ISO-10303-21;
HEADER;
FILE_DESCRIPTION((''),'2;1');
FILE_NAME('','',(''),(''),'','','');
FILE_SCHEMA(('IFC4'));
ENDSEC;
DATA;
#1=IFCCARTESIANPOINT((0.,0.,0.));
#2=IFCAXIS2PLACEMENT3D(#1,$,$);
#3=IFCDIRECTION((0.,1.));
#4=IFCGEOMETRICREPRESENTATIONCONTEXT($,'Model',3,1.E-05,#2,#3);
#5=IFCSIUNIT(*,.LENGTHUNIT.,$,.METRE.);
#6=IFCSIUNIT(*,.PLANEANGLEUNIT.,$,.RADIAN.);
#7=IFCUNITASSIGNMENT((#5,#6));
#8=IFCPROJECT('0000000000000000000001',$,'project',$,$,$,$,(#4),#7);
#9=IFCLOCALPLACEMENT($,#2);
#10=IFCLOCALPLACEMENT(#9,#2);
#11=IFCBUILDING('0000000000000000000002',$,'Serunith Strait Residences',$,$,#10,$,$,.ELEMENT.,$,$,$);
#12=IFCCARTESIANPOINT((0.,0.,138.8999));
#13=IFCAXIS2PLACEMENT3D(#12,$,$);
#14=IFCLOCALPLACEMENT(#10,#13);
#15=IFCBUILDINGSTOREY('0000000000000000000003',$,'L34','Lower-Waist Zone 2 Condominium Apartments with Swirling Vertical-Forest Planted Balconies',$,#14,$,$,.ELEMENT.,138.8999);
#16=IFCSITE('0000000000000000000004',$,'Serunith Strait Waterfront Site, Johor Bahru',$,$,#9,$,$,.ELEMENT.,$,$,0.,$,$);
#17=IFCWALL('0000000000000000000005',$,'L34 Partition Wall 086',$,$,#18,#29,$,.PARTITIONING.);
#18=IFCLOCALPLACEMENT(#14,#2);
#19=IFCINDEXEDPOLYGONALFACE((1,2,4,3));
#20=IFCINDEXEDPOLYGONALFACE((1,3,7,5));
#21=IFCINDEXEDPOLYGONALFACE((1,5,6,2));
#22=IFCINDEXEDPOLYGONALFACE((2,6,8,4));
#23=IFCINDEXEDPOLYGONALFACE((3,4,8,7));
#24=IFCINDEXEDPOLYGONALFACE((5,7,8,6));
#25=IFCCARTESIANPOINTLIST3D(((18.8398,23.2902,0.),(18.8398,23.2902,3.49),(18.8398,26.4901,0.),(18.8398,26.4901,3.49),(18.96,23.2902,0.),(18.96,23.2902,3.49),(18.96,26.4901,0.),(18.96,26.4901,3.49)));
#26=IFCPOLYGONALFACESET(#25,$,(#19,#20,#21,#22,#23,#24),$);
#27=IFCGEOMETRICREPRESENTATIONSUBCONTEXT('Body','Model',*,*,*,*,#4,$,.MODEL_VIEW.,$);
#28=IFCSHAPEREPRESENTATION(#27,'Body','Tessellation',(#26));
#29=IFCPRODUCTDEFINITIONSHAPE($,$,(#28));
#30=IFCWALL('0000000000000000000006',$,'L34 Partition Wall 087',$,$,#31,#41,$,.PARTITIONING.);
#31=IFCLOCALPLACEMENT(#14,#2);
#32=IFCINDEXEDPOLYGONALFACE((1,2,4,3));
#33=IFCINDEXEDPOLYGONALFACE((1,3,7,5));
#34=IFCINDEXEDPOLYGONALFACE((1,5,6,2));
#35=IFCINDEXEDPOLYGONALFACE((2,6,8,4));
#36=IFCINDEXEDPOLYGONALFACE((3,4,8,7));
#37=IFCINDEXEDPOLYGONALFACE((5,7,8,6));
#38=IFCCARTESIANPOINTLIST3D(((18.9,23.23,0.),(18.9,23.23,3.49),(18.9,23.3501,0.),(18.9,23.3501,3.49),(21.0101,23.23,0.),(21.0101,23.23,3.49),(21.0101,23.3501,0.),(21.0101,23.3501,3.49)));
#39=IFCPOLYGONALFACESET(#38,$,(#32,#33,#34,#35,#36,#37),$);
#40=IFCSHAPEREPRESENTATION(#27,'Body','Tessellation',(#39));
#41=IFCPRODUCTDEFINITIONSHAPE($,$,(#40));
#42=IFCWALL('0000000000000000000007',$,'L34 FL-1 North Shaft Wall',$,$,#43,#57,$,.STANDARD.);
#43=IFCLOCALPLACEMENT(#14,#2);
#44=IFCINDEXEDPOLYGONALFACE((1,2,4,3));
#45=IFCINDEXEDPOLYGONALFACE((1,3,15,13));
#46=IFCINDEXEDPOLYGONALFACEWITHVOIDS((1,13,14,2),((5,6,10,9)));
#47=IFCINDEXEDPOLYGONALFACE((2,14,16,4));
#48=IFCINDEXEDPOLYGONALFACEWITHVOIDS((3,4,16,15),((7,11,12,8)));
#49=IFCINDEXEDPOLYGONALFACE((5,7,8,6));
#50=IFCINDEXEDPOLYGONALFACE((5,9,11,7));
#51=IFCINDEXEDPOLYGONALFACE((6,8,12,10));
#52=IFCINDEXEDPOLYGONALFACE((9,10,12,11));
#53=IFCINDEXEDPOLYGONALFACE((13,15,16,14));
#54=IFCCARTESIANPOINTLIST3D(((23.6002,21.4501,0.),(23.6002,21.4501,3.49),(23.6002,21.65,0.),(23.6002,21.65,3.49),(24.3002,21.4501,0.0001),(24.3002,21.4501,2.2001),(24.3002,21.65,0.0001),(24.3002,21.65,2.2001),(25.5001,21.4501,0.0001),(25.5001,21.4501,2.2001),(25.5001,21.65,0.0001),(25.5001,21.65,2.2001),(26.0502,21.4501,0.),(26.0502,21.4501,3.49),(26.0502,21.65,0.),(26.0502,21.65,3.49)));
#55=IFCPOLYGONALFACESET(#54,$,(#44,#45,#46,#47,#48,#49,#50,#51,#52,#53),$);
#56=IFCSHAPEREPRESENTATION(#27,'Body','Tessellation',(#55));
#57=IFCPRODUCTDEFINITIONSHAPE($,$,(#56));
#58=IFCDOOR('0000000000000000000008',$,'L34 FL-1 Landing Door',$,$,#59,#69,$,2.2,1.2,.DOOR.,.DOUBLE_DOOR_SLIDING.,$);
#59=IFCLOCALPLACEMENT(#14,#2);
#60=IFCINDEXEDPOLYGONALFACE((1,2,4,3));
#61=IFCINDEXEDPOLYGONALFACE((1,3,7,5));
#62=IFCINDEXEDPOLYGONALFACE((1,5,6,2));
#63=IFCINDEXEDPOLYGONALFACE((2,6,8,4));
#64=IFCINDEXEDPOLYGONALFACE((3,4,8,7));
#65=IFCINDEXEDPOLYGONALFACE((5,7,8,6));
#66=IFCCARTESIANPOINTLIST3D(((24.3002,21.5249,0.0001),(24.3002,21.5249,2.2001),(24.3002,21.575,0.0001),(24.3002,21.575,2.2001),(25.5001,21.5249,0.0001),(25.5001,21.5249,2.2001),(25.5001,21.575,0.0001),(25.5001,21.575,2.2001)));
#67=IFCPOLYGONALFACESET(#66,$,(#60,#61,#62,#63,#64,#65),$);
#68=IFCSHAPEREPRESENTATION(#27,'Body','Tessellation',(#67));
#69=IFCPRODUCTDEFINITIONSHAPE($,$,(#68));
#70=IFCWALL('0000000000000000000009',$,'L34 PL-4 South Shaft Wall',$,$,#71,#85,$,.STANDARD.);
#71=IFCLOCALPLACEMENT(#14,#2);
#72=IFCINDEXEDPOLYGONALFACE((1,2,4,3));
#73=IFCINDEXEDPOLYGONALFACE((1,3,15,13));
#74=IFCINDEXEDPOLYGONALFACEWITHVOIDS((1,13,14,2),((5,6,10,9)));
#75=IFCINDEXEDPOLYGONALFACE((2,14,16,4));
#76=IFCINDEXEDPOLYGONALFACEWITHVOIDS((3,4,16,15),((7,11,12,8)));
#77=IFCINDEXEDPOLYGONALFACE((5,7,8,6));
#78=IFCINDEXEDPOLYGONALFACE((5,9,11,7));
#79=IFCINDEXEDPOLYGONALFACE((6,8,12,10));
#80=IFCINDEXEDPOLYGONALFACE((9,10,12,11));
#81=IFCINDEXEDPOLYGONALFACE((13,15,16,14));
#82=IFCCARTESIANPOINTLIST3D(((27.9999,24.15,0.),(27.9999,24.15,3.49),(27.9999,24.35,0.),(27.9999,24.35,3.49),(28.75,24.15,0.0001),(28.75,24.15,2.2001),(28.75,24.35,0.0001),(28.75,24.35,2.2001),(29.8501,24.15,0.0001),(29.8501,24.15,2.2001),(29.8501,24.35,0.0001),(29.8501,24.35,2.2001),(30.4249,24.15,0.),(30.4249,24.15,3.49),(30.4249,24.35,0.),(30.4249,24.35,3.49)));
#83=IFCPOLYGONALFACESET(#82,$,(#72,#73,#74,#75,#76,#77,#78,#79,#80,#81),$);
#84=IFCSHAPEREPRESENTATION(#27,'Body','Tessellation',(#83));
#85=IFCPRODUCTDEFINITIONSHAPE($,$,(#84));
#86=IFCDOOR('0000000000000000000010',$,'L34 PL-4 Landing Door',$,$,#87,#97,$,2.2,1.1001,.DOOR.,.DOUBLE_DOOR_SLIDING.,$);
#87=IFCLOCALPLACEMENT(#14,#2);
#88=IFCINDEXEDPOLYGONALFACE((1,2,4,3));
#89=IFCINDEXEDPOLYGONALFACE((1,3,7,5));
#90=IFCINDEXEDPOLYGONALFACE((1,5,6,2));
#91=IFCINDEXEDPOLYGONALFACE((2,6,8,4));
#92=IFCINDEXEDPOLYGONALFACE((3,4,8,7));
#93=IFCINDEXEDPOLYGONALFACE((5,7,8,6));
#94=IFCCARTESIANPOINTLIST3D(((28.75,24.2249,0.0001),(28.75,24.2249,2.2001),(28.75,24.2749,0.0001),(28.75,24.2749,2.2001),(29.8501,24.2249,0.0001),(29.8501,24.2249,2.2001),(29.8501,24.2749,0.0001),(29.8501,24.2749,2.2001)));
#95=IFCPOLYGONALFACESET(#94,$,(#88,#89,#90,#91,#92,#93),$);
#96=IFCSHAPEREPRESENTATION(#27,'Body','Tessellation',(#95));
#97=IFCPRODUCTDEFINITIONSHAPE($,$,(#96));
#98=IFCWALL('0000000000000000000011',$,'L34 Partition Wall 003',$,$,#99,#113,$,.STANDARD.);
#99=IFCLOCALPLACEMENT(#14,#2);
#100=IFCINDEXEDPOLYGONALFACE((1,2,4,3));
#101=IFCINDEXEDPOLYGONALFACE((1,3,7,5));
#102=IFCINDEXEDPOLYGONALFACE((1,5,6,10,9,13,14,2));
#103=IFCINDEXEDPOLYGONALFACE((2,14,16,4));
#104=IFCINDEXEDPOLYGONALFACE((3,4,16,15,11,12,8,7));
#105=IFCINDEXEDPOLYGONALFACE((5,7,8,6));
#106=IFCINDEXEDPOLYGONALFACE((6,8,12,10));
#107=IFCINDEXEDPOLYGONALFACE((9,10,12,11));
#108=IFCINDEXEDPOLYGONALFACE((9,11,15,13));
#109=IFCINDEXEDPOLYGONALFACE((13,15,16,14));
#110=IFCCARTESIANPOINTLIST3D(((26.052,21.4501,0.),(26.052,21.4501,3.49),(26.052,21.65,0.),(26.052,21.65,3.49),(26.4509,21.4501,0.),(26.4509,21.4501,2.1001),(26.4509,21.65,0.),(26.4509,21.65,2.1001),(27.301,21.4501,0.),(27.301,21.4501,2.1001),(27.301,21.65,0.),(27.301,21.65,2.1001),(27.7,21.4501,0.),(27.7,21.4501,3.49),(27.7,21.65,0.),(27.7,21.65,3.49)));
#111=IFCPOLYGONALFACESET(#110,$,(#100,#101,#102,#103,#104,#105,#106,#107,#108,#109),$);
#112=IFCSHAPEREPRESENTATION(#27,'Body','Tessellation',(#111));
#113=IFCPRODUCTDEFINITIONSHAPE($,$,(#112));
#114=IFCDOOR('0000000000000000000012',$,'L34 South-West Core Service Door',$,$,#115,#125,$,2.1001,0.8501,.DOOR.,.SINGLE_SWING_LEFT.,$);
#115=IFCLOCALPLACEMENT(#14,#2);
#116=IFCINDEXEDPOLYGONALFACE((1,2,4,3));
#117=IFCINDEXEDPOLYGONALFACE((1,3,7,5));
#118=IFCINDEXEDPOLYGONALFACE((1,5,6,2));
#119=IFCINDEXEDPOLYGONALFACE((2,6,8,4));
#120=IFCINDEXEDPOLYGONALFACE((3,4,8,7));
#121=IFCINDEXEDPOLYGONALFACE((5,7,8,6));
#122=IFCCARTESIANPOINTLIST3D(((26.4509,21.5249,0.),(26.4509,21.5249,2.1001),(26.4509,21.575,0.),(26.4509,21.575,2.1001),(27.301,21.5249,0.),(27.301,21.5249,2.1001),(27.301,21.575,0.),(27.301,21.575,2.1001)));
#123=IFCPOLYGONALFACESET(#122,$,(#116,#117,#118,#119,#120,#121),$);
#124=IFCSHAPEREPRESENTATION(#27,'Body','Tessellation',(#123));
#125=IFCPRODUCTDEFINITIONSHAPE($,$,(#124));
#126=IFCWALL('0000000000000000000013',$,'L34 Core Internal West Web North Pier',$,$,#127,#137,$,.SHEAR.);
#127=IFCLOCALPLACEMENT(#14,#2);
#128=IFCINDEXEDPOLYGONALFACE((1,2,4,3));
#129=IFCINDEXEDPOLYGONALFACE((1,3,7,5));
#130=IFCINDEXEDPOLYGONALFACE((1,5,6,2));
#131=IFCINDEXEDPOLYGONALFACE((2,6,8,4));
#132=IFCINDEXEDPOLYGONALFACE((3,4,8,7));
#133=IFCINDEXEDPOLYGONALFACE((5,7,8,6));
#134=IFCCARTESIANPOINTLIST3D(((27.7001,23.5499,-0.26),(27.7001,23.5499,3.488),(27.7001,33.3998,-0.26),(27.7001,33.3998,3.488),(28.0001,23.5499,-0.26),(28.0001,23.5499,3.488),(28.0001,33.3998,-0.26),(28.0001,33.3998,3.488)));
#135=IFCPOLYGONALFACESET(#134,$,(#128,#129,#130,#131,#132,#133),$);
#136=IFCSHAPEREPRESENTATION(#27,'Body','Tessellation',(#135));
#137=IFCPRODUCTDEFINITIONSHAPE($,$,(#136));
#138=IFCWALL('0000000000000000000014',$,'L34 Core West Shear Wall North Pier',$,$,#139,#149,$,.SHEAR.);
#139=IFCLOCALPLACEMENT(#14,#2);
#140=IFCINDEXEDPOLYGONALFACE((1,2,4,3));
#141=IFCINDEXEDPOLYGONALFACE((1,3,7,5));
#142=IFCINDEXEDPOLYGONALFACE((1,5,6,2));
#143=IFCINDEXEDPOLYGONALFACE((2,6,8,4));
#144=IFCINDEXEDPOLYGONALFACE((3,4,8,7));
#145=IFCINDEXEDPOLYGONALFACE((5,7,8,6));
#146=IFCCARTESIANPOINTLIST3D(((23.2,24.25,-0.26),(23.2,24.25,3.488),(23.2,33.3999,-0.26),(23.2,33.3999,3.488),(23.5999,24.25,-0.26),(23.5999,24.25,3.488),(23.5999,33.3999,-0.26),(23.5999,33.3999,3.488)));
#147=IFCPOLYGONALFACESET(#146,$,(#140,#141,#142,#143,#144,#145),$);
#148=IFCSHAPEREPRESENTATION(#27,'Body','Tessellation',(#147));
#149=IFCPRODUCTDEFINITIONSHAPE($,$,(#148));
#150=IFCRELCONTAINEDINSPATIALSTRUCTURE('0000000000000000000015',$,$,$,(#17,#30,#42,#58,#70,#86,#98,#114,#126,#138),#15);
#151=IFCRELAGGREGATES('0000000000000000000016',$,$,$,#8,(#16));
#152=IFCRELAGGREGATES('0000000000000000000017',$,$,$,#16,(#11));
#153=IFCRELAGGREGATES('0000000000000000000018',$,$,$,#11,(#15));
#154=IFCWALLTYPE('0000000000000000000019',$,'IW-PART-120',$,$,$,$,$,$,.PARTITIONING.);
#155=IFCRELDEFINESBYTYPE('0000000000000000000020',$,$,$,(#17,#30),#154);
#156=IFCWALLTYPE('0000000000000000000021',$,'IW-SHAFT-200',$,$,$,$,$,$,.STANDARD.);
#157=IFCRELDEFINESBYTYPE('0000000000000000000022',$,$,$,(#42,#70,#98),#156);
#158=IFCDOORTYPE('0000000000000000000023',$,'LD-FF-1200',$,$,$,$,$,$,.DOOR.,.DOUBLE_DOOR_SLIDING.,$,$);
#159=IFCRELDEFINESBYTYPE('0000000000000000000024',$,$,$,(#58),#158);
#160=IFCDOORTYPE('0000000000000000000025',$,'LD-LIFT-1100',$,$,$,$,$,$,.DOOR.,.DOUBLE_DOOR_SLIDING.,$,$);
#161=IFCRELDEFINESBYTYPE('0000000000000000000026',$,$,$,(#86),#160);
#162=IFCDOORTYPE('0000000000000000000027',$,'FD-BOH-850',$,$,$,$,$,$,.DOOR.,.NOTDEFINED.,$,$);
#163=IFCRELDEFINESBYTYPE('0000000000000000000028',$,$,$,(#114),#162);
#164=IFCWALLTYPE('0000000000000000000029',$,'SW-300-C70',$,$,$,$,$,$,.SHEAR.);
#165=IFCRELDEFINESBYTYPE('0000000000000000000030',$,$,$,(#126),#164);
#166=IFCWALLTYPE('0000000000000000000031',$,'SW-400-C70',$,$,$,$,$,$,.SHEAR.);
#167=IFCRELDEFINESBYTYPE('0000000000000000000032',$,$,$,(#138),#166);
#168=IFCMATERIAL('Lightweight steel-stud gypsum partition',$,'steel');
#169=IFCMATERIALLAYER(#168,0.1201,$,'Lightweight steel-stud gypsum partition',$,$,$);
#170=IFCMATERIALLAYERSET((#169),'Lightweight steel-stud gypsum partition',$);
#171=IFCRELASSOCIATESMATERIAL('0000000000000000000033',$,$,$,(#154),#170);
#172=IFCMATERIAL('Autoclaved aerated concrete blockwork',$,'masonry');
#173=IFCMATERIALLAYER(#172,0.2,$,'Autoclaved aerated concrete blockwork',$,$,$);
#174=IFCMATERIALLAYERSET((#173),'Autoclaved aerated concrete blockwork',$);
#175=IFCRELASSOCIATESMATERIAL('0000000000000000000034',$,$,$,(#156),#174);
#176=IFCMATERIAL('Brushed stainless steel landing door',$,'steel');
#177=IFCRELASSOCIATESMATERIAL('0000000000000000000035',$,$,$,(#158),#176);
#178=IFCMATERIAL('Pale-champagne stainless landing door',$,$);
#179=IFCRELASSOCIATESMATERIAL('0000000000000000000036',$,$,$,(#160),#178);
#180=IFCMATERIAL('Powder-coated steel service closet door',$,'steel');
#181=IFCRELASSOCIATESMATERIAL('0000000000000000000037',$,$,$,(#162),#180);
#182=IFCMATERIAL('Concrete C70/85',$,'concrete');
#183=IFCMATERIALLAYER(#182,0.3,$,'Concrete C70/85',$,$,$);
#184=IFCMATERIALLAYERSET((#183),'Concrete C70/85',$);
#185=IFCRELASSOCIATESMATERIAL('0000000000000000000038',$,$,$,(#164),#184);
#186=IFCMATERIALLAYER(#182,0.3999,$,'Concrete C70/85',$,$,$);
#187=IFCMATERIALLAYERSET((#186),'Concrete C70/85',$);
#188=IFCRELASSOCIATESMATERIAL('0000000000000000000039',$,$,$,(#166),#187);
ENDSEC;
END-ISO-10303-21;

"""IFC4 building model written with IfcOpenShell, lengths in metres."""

from ifc_helpers import new_model, si_unit, direction, frame, frame_2d, origin, place, context, subcontext, project, spatial, rectangle, extrude, source, transform, mapped, material, layer, layer_set, type_object, element, fill, save


model = new_model("IFC4")

# Units and contexts
model_context = context("Model", 3, precision=1e-05, world=origin(), true_north=direction((0.0, 1.0)))
body_context = subcontext(model_context, "Body", "Model", "MODEL_VIEW")
ifc_project = project(units=[si_unit("LENGTHUNIT", "METRE"), si_unit("PLANEANGLEUNIT", "RADIAN")], contexts=[model_context])

# Site, building, storey
site_placement = place(None, origin())
site = spatial("IfcSite", under=ifc_project, at=site_placement, Name="Serunith Strait Waterfront Site, Johor Bahru", CompositionType="ELEMENT", RefElevation=0.0)
building_placement = place(site_placement, origin())
building = spatial("IfcBuilding", under=site, at=building_placement, Name="Serunith Strait Residences", CompositionType="ELEMENT")
storey_placement = place(building_placement, frame((0.0, 0.0, 138.8999)))
storey = spatial("IfcBuildingStorey", under=building, at=storey_placement, Name="L34", Description="Lower-Waist Zone 2 Condominium Apartments with Swirling Vertical-Forest Planted Balconies", CompositionType="ELEMENT", Elevation=138.8999)

# Walls
ifc_material_1 = material(Name="Lightweight steel-stud gypsum partition", Category="steel")
ifc_layer_1 = layer(ifc_material_1, 0.1201, Name="Lightweight steel-stud gypsum partition")
ifc_layer_set_1 = layer_set([ifc_layer_1], Name="Lightweight steel-stud gypsum partition")
wall_type_1 = type_object("IfcWallType", Name="IW-PART-120", PredefinedType="PARTITIONING", material=ifc_layer_set_1)
wall_1_placement = place(storey_placement, frame((18.8999, 23.29, 0.0), z_axis=(0.0, 0.0, 1.0), x_axis=(0.0, 1.0, 0.0)))
element("IfcWall", 1, at=wall_1_placement, inside=storey, type_object=wall_type_1, Name="L34 Partition Wall 086", PredefinedType="PARTITIONING", context=body_context, shape_type="SweptSolid", body=[
    extrude(rectangle(XDim=3.2, YDim=0.1201, at=frame_2d((1.6001, 0.0))), origin(), (0.0, 0.0, 1.0), 3.49),
])
wall_2_placement = place(storey_placement, frame((18.8999, 23.29, 0.0), z_axis=(0.0, 0.0, 1.0), x_axis=(1.0, 0.0, 0.0)))
element("IfcWall", 2, at=wall_2_placement, inside=storey, type_object=wall_type_1, Name="L34 Partition Wall 087", PredefinedType="PARTITIONING", context=body_context, shape_type="SweptSolid", body=[
    extrude(rectangle(XDim=2.1101, YDim=0.1201, at=frame_2d((1.0552, 0.0))), origin(), (0.0, 0.0, 1.0), 3.49),
])

# Walls, openings, doors
ifc_material_2 = material(Name="Autoclaved aerated concrete blockwork", Category="masonry")
ifc_layer_2 = layer(ifc_material_2, 0.2, Name="Autoclaved aerated concrete blockwork")
ifc_layer_set_2 = layer_set([ifc_layer_2], Name="Autoclaved aerated concrete blockwork")
wall_type_2 = type_object("IfcWallType", Name="IW-SHAFT-200", PredefinedType="STANDARD", material=ifc_layer_set_2)
wall_3_placement = place(storey_placement, frame((23.6001, 21.55, 0.0), z_axis=(0.0, 0.0, 1.0), x_axis=(1.0, 0.0, 0.0)))
wall_3 = element("IfcWall", 3, at=wall_3_placement, inside=storey, type_object=wall_type_2, Name="L34 FL-1 North Shaft Wall", PredefinedType="STANDARD", context=body_context, shape_type="SweptSolid", body=[
    extrude(rectangle(XDim=2.45, YDim=0.2, at=frame_2d((1.2251, 0.0))), origin(), (0.0, 0.0, 1.0), 3.49),
])
opening_1_placement = place(wall_3_placement, frame((0.7, 0.0, 0.0)))
opening_1 = element("IfcOpeningElement", 4, at=opening_1_placement, cuts=wall_3, PredefinedType="OPENING", context=body_context, shape_type="SweptSolid", body=[
    extrude(rectangle(XDim=1.2, YDim=2.2, at=frame_2d((0.6001, 1.1001))), frame((0.0, 0.1099, 0.0), z_axis=(0.0, -1.0, 0.0), x_axis=(1.0, 0.0, 0.0)), (0.0, 0.0, 1.0), 0.22),
])
ifc_material_3 = material(Name="Brushed stainless steel landing door", Category="steel")
door_type_1 = type_object("IfcDoorType", Name="LD-FF-1200", OperationType="DOUBLE_DOOR_SLIDING", PredefinedType="DOOR", material=ifc_material_3)
shared_shape_1 = source(origin(), body_context, "Body", "SweptSolid", [
    extrude(rectangle(XDim=1.2, YDim=2.2, at=frame_2d((0.6001, 1.1001))), frame((0.0, 0.0249, 0.0), z_axis=(0.0, -1.0, 0.0), x_axis=(1.0, 0.0, 0.0)), (0.0, 0.0, 1.0), 0.05),
])
door_1_placement = place(opening_1_placement, origin())
door_1 = element("IfcDoor", 5, at=door_1_placement, inside=storey, type_object=door_type_1, Name="L34 FL-1 Landing Door", OperationType="DOUBLE_DOOR_SLIDING", OverallHeight=2.2, OverallWidth=1.2, PredefinedType="DOOR", context=body_context, shape_type="MappedRepresentation", body=[
    mapped(shared_shape_1, transform((0.0, 0.0, 0.0), scale=1.0)),
])
fill(opening_1, door_1)
wall_4_placement = place(storey_placement, frame((28.0, 24.25, 0.0), z_axis=(0.0, 0.0, 1.0), x_axis=(1.0, 0.0, 0.0)))
wall_4 = element("IfcWall", 6, at=wall_4_placement, inside=storey, type_object=wall_type_2, Name="L34 PL-4 South Shaft Wall", PredefinedType="STANDARD", context=body_context, shape_type="SweptSolid", body=[
    extrude(rectangle(XDim=2.425, YDim=0.2, at=frame_2d((1.2124, 0.0))), origin(), (0.0, 0.0, 1.0), 3.49),
])
opening_2_placement = place(wall_4_placement, frame((0.75, 0.0, 0.0)))
opening_2 = element("IfcOpeningElement", 7, at=opening_2_placement, cuts=wall_4, PredefinedType="OPENING", context=body_context, shape_type="SweptSolid", body=[
    extrude(rectangle(XDim=1.1001, YDim=2.2, at=frame_2d((0.55, 1.1001))), frame((0.0, 0.1099, 0.0), z_axis=(0.0, -1.0, 0.0), x_axis=(1.0, 0.0, 0.0)), (0.0, 0.0, 1.0), 0.22),
])
ifc_material_4 = material(Name="Pale-champagne stainless landing door")
door_type_2 = type_object("IfcDoorType", Name="LD-LIFT-1100", OperationType="DOUBLE_DOOR_SLIDING", PredefinedType="DOOR", material=ifc_material_4)
shared_shape_2 = source(origin(), body_context, "Body", "SweptSolid", [
    extrude(rectangle(XDim=1.1001, YDim=2.2, at=frame_2d((0.55, 1.1001))), frame((0.0, 0.0249, 0.0), z_axis=(0.0, -1.0, 0.0), x_axis=(1.0, 0.0, 0.0)), (0.0, 0.0, 1.0), 0.05),
])
door_2_placement = place(opening_2_placement, origin())
door_2 = element("IfcDoor", 8, at=door_2_placement, inside=storey, type_object=door_type_2, Name="L34 PL-4 Landing Door", OperationType="DOUBLE_DOOR_SLIDING", OverallHeight=2.2, OverallWidth=1.1001, PredefinedType="DOOR", context=body_context, shape_type="MappedRepresentation", body=[
    mapped(shared_shape_2, transform((0.0, 0.0, 0.0), scale=1.0)),
])
fill(opening_2, door_2)
wall_5_placement = place(storey_placement, frame((26.052, 21.55, 0.0), z_axis=(0.0, 0.0, 1.0), x_axis=(1.0, 0.0, 0.0)))
wall_5 = element("IfcWall", 9, at=wall_5_placement, inside=storey, type_object=wall_type_2, Name="L34 Partition Wall 003", PredefinedType="STANDARD", context=body_context, shape_type="SweptSolid", body=[
    extrude(rectangle(XDim=1.6479, YDim=0.2, at=frame_2d((0.824, 0.0))), origin(), (0.0, 0.0, 1.0), 3.49),
])
opening_3_placement = place(wall_5_placement, frame((0.3989, 0.0, 0.0)))
opening_3 = element("IfcOpeningElement", 10, at=opening_3_placement, cuts=wall_5, PredefinedType="OPENING", context=body_context, shape_type="SweptSolid", body=[
    extrude(rectangle(XDim=0.8501, YDim=2.1001, at=frame_2d((0.425, 1.05))), frame((0.0, 0.1099, 0.0), z_axis=(0.0, -1.0, 0.0), x_axis=(1.0, 0.0, 0.0)), (0.0, 0.0, 1.0), 0.22),
])
ifc_material_5 = material(Name="Powder-coated steel service closet door", Category="steel")
door_type_3 = type_object("IfcDoorType", Name="FD-BOH-850", OperationType="NOTDEFINED", PredefinedType="DOOR", material=ifc_material_5)
shared_shape_3 = source(origin(), body_context, "Body", "SweptSolid", [
    extrude(rectangle(XDim=0.8501, YDim=2.1001, at=frame_2d((0.425, 1.05))), frame((0.0, 0.0249, 0.0), z_axis=(0.0, -1.0, 0.0), x_axis=(1.0, 0.0, 0.0)), (0.0, 0.0, 1.0), 0.05),
])
door_3_placement = place(opening_3_placement, origin())
door_3 = element("IfcDoor", 11, at=door_3_placement, inside=storey, type_object=door_type_3, Name="L34 South-West Core Service Door", OperationType="SINGLE_SWING_LEFT", OverallHeight=2.1001, OverallWidth=0.8501, PredefinedType="DOOR", context=body_context, shape_type="MappedRepresentation", body=[
    mapped(shared_shape_3, transform((0.0, 0.0, 0.0), scale=1.0)),
])
fill(opening_3, door_3)

# Walls
ifc_material_6 = material(Name="Concrete C70/85", Category="concrete")
ifc_layer_3 = layer(ifc_material_6, 0.3, Name="Concrete C70/85")
ifc_layer_set_3 = layer_set([ifc_layer_3], Name="Concrete C70/85")
wall_type_3 = type_object("IfcWallType", Name="SW-300-C70", PredefinedType="SHEAR", material=ifc_layer_set_3)
wall_6_placement = place(storey_placement, frame((27.8501, 23.55, -0.26), z_axis=(0.0, 0.0, 1.0), x_axis=(0.0, 1.0, 0.0)))
element("IfcWall", 12, at=wall_6_placement, inside=storey, type_object=wall_type_3, Name="L34 Core Internal West Web North Pier", PredefinedType="SHEAR", context=body_context, shape_type="SweptSolid", body=[
    extrude(rectangle(XDim=9.8499, YDim=0.3, at=frame_2d((4.9248, 0.0))), origin(), (0.0, 0.0, 1.0), 3.748),
])
ifc_layer_4 = layer(ifc_material_6, 0.3999, Name="Concrete C70/85")
ifc_layer_set_4 = layer_set([ifc_layer_4], Name="Concrete C70/85")
wall_type_4 = type_object("IfcWallType", Name="SW-400-C70", PredefinedType="SHEAR", material=ifc_layer_set_4)
wall_7_placement = place(storey_placement, frame((23.3999, 24.25, -0.26), z_axis=(0.0, 0.0, 1.0), x_axis=(0.0, 1.0, 0.0)))
element("IfcWall", 13, at=wall_7_placement, inside=storey, type_object=wall_type_4, Name="L34 Core West Shear Wall North Pier", PredefinedType="SHEAR", context=body_context, shape_type="SweptSolid", body=[
    extrude(rectangle(XDim=9.1499, YDim=0.3999, at=frame_2d((4.575, 0.0))), origin(), (0.0, 0.0, 1.0), 3.748),
])

save(model, "model.ifc")
